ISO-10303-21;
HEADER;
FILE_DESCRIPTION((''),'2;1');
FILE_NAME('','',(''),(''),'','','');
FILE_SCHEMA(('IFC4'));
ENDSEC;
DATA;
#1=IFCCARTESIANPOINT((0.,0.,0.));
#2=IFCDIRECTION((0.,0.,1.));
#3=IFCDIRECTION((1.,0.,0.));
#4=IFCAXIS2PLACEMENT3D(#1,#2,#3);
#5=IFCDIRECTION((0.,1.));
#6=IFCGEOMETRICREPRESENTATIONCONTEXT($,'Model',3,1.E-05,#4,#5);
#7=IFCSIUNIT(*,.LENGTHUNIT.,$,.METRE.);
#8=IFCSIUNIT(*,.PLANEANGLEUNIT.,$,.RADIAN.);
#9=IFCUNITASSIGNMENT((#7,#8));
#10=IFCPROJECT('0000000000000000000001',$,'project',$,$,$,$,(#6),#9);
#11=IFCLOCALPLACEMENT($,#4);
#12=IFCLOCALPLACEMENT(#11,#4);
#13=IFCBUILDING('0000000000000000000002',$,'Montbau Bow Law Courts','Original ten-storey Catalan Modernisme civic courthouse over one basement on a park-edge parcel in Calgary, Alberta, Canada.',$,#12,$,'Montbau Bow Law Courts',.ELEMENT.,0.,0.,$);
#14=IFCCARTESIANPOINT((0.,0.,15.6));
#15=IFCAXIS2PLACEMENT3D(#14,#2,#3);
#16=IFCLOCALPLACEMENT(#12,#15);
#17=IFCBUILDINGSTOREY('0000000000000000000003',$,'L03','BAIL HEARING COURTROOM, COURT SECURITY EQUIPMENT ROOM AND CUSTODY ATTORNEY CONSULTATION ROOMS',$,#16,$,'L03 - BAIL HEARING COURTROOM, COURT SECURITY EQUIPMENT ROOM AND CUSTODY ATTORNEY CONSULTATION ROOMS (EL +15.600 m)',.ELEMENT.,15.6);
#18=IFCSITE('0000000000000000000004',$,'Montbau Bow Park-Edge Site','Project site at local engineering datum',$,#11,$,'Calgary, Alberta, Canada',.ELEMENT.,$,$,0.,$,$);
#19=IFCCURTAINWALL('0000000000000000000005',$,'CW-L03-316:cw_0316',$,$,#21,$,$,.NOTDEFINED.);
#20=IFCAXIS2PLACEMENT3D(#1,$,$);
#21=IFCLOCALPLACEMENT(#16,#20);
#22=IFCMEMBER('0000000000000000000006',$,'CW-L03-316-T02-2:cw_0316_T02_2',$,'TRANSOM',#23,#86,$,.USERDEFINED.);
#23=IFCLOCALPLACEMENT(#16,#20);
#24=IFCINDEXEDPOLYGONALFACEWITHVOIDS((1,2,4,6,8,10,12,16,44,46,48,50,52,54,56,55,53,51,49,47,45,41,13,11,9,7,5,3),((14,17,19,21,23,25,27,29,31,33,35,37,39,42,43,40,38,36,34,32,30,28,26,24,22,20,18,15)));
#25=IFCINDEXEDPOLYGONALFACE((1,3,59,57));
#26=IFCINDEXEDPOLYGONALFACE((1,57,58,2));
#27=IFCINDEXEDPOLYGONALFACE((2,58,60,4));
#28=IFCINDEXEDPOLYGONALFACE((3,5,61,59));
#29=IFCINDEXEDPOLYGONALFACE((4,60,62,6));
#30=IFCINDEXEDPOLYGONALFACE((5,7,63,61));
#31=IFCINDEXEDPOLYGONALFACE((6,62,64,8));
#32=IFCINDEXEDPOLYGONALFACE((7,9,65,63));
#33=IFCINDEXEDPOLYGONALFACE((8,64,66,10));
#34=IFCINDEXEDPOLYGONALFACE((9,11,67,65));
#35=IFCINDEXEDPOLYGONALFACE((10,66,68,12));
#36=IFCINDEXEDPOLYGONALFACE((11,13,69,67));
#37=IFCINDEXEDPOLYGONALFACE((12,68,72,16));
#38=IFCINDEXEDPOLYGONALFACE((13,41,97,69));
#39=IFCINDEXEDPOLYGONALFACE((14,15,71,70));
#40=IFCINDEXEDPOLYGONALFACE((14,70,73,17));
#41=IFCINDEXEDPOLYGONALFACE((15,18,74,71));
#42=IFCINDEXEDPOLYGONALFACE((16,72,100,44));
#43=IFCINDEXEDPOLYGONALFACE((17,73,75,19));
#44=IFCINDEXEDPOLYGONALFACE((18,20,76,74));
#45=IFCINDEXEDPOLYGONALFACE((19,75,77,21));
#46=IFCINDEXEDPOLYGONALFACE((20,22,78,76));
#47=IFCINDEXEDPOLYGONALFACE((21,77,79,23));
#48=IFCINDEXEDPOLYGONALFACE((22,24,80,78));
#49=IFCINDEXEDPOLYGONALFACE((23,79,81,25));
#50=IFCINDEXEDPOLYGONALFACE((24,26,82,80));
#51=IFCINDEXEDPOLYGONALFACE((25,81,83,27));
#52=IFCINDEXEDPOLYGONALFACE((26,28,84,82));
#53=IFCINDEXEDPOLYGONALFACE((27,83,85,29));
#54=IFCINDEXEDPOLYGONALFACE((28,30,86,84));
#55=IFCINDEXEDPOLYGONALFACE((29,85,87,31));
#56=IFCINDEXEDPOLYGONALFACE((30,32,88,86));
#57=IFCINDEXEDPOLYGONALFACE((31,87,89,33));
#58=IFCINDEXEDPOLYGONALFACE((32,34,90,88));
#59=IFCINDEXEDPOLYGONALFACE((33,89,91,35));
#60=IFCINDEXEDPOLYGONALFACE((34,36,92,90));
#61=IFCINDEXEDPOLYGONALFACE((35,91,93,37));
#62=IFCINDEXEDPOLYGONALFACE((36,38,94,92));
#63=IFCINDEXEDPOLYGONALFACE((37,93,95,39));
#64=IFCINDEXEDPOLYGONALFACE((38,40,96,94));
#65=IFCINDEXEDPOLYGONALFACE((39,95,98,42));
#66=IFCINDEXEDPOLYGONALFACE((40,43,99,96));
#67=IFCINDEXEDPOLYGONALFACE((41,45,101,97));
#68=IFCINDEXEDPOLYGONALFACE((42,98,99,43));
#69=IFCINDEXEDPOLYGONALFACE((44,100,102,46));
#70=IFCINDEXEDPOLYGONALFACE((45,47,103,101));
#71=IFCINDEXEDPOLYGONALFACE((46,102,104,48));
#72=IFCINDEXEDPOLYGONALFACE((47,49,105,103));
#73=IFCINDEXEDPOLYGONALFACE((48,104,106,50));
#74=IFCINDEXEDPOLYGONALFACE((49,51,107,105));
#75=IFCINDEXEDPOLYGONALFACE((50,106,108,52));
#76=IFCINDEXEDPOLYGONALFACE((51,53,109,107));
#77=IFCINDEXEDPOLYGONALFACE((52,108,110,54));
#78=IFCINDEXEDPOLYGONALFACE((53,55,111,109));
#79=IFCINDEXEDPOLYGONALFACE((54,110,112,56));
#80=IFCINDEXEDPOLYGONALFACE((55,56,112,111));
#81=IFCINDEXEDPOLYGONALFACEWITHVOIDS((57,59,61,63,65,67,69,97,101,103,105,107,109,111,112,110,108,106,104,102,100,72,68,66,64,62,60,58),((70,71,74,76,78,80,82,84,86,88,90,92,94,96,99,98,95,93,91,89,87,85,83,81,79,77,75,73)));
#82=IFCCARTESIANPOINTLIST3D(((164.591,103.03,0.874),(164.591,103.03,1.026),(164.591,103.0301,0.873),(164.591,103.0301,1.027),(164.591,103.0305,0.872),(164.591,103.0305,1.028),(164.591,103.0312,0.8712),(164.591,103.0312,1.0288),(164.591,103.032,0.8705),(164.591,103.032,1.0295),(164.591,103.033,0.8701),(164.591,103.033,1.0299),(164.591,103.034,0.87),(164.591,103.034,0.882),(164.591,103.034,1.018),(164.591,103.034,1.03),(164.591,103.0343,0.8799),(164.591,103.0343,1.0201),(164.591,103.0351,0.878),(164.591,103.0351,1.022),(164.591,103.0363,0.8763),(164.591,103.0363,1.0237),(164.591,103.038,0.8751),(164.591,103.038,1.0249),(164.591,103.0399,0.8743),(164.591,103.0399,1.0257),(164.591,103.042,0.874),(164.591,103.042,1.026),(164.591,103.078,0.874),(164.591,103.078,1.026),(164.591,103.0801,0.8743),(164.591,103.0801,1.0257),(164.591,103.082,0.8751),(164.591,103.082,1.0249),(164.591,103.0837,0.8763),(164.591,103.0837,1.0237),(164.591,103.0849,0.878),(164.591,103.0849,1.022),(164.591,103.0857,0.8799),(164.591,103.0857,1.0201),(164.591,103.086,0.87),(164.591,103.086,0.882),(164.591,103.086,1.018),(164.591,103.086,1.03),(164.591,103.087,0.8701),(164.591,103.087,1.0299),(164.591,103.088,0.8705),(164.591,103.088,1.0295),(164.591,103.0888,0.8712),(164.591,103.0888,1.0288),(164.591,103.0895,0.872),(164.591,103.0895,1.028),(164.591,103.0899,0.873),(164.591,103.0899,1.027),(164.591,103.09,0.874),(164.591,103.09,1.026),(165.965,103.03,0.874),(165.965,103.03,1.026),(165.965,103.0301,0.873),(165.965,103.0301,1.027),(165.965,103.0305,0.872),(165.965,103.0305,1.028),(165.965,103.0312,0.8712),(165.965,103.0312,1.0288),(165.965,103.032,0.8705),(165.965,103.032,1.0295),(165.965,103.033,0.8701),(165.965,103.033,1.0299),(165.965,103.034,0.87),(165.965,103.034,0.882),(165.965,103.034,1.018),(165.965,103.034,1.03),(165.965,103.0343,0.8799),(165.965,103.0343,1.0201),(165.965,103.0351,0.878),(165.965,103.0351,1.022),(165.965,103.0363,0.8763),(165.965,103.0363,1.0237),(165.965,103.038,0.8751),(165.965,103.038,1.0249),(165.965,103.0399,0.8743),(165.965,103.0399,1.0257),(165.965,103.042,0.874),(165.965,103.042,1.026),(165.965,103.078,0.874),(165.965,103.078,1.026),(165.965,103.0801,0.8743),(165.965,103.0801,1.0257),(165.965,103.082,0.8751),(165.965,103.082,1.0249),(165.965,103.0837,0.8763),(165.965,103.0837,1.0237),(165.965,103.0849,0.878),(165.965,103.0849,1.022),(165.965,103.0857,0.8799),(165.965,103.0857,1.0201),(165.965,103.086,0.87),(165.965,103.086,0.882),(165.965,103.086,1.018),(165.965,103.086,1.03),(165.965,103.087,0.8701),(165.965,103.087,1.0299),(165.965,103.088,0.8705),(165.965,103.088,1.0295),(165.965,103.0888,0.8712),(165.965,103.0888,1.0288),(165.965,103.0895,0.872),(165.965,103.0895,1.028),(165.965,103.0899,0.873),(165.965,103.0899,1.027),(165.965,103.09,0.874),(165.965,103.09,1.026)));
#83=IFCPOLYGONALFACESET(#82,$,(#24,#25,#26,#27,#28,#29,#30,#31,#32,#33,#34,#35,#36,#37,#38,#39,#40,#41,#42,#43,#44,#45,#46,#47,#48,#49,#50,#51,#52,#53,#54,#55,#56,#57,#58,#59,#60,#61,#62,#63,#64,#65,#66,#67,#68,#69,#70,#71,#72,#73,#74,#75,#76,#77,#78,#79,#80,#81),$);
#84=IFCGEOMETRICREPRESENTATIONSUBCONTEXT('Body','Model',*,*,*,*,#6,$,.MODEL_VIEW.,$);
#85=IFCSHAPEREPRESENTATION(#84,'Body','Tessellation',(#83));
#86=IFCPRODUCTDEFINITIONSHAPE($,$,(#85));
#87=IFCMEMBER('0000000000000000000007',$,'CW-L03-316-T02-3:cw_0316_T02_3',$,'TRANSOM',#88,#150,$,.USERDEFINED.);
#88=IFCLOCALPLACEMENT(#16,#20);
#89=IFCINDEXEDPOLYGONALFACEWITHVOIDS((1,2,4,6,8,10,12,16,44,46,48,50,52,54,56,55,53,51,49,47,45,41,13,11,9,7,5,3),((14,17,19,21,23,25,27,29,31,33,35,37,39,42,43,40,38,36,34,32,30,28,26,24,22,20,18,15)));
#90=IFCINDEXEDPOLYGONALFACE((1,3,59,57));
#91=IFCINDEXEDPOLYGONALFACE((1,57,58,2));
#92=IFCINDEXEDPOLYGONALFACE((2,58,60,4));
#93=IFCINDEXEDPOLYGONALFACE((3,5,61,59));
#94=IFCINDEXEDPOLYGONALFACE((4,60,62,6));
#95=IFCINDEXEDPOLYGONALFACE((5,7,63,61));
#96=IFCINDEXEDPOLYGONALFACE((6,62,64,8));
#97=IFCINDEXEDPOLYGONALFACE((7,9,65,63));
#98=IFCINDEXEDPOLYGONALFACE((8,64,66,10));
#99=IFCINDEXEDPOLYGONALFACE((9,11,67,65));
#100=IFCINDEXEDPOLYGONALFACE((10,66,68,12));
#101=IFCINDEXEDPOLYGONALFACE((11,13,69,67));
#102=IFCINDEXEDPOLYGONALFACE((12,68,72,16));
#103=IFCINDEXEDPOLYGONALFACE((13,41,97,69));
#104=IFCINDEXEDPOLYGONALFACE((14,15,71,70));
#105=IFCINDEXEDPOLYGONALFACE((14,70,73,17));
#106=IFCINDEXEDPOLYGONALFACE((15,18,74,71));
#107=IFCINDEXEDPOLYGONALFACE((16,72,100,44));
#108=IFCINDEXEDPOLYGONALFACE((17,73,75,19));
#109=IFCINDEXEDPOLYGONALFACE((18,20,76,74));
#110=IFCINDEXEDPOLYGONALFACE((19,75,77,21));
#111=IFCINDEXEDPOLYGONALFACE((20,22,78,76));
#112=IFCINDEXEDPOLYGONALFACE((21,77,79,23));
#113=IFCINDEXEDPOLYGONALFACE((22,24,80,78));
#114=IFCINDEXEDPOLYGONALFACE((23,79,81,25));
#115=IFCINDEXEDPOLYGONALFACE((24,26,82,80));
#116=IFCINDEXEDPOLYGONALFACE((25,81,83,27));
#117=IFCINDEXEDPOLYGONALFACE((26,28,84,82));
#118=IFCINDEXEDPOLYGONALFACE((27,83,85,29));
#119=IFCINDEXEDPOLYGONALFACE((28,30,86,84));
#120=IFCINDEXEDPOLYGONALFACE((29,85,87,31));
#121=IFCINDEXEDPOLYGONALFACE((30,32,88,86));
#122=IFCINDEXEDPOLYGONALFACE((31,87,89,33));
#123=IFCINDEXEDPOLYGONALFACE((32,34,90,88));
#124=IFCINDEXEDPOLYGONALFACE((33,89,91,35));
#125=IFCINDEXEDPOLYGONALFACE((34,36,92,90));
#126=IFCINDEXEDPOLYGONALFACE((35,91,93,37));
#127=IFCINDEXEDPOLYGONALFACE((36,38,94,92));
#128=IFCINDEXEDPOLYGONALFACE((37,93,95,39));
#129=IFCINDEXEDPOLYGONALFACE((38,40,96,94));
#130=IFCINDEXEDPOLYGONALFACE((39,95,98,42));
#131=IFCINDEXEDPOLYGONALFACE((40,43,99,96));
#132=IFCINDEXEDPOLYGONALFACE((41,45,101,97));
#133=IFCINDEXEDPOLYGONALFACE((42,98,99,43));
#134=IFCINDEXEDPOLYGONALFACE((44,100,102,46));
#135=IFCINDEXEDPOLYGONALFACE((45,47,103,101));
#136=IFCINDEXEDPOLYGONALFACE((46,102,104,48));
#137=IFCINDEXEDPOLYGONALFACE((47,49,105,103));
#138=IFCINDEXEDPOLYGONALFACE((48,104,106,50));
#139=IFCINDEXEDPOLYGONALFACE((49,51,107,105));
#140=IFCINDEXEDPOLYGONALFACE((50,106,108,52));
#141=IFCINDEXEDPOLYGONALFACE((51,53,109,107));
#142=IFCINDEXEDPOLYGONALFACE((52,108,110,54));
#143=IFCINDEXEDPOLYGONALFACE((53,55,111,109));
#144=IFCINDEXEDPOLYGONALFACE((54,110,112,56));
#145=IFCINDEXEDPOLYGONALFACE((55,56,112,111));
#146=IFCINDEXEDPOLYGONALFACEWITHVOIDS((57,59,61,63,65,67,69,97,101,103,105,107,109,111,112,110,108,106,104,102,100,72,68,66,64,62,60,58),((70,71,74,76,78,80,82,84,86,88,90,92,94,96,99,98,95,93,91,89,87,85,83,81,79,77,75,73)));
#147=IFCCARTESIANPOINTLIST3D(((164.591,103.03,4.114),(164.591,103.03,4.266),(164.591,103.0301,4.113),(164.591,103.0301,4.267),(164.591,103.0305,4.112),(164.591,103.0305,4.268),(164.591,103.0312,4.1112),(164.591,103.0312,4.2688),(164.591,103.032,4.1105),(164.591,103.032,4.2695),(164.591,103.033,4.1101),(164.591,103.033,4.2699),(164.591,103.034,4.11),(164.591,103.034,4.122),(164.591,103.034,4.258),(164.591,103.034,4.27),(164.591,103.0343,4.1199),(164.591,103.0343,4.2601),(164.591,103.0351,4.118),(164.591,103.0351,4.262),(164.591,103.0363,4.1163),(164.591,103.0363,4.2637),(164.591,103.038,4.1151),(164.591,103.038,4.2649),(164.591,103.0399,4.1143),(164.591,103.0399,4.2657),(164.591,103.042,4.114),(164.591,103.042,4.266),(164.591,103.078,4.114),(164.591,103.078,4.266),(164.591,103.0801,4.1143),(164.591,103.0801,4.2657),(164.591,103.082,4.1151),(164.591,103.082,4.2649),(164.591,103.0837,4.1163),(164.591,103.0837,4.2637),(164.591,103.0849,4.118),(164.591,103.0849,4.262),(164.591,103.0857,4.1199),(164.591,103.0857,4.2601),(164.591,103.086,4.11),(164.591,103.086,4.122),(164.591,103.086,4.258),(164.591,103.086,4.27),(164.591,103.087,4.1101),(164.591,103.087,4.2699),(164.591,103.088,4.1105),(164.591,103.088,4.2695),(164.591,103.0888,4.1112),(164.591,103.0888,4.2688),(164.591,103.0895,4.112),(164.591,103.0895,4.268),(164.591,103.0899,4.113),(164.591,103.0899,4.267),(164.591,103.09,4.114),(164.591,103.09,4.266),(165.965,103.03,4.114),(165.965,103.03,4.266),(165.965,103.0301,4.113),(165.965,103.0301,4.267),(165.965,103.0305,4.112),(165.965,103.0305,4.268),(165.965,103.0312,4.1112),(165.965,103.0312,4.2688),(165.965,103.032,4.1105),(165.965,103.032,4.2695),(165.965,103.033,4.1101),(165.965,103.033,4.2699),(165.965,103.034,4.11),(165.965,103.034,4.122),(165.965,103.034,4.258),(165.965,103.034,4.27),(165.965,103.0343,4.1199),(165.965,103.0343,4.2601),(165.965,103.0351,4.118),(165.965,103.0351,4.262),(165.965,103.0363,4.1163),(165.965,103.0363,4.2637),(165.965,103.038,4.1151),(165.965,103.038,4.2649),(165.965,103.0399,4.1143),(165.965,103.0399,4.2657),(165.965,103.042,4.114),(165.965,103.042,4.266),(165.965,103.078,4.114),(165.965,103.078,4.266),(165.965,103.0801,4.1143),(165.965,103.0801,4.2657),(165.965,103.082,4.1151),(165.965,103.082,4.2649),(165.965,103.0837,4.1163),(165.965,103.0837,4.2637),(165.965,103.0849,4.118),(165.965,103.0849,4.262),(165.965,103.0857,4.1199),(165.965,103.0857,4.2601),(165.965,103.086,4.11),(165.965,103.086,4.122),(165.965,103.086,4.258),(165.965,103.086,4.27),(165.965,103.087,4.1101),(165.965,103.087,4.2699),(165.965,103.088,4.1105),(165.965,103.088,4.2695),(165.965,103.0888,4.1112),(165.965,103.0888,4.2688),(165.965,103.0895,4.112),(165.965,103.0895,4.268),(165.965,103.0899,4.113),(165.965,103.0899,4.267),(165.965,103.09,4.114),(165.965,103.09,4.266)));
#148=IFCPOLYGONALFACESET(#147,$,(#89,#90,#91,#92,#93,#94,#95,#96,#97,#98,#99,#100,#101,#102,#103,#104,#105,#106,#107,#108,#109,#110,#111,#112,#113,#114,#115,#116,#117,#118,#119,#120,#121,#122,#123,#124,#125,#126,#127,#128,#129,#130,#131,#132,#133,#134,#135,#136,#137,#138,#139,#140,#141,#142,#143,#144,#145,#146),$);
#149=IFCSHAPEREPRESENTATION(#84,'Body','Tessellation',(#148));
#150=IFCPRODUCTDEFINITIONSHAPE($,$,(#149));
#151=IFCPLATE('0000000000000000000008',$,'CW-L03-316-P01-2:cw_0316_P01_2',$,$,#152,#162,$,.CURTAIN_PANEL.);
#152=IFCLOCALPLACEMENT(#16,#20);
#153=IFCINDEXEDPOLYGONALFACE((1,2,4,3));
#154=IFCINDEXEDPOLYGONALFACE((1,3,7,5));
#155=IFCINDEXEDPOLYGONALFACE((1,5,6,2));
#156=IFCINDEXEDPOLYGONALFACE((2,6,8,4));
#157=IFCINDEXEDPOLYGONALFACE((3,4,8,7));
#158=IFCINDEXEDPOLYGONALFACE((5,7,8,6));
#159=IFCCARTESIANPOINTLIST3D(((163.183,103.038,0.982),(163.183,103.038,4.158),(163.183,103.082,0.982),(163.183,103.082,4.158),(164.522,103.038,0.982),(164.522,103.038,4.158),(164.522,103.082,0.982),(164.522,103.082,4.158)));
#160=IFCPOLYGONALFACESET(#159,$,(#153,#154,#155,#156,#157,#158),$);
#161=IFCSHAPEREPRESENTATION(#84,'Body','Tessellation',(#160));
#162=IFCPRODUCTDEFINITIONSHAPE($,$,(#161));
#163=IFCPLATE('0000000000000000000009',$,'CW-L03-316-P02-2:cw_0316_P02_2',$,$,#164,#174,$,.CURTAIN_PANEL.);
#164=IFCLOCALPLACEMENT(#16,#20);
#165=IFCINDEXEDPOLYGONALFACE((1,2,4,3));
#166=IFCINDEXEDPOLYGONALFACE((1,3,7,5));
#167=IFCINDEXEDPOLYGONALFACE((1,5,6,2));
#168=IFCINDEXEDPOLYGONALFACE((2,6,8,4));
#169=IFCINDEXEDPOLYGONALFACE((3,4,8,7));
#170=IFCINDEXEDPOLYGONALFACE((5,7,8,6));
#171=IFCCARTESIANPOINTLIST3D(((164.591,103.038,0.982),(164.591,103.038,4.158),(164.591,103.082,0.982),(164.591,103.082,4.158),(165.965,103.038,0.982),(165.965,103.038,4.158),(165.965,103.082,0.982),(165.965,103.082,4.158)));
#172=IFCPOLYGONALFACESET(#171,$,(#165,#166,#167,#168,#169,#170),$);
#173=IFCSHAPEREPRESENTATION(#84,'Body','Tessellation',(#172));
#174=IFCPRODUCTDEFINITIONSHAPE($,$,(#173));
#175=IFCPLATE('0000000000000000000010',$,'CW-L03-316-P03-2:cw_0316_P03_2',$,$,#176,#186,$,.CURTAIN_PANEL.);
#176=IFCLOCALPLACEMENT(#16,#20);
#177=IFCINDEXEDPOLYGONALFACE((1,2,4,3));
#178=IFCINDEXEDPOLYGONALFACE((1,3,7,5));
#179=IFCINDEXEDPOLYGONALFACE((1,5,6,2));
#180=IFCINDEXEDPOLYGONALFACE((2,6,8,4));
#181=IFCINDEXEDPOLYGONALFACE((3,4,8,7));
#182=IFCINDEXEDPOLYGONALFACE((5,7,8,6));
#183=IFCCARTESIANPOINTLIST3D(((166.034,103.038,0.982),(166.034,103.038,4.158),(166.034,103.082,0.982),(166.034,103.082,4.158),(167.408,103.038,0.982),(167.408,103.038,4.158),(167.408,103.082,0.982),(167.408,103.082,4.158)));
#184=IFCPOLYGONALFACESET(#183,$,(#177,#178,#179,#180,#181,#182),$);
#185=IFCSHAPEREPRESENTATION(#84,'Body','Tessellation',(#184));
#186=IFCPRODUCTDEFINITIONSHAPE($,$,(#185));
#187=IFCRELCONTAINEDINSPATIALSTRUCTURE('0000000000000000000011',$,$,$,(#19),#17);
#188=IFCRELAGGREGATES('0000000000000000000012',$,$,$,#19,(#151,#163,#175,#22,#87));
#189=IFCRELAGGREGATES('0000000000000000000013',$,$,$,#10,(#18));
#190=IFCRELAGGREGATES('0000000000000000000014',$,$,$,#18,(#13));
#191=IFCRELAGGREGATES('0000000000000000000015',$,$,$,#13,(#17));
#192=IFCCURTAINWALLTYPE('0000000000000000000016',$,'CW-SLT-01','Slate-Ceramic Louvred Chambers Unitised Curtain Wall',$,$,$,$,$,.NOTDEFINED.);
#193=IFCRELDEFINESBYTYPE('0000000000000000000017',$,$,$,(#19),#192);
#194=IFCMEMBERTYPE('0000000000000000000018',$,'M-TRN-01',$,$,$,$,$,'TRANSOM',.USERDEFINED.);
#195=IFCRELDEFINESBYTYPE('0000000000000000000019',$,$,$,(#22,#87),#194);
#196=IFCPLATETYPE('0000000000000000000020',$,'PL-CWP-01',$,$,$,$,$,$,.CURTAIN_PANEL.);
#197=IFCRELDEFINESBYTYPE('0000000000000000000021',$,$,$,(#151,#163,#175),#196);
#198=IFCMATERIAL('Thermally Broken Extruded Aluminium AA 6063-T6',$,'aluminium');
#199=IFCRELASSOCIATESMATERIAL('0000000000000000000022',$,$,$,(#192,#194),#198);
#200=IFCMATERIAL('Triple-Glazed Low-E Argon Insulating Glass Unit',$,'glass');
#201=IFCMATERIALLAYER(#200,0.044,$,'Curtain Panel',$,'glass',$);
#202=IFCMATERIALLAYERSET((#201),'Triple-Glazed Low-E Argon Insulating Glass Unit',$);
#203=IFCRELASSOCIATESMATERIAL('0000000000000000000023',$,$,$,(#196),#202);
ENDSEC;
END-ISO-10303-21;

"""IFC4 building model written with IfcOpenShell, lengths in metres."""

from ifc_helpers import new_model, si_unit, direction, frame, frame_2d, origin_with_axes, origin_2d_with_axis, place, context, subcontext, project, spatial, rectangle, hollow_rectangle, extrude, material, layer, layer_set, material_profile, profile_set, type_object, element, aggregate, save


model = new_model("IFC4")

# Units and contexts
model_context = context("Model", 3, precision=1e-05, world=origin_with_axes(), true_north=direction((0.0, 1.0)))
body_context = subcontext(model_context, "Body", "Model", "MODEL_VIEW")
ifc_project = project(units=[si_unit("LENGTHUNIT", "METRE"), si_unit("PLANEANGLEUNIT", "RADIAN")], contexts=[model_context])

# Site, building, storey
site_placement = place(None, origin_with_axes())
site = spatial("IfcSite", under=ifc_project, at=site_placement, Name="Montbau Bow Park-Edge Site", Description="Project site at local engineering datum", LongName="Calgary, Alberta, Canada", CompositionType="ELEMENT", RefElevation=0.0)
building_placement = place(site_placement, origin_with_axes())
building = spatial("IfcBuilding", under=site, at=building_placement, Name="Montbau Bow Law Courts", Description="Original ten-storey Catalan Modernisme civic courthouse over one basement on a park-edge parcel in Calgary, Alberta, Canada.", LongName="Montbau Bow Law Courts", CompositionType="ELEMENT", ElevationOfRefHeight=0.0, ElevationOfTerrain=0.0)
storey_placement = place(building_placement, frame((0.0, 0.0, 15.6), z_axis=(0.0, 0.0, 1.0), x_axis=(1.0, 0.0, 0.0)))
storey = spatial("IfcBuildingStorey", under=building, at=storey_placement, Name="L03", Description="BAIL HEARING COURTROOM, COURT SECURITY EQUIPMENT ROOM AND CUSTODY ATTORNEY CONSULTATION ROOMS", LongName="L03 - BAIL HEARING COURTROOM, COURT SECURITY EQUIPMENT ROOM AND CUSTODY ATTORNEY CONSULTATION ROOMS (EL +15.600 m)", CompositionType="ELEMENT", Elevation=15.6)

# Curtain wall, members, plates
ifc_material_1 = material(Name="Thermally Broken Extruded Aluminium AA 6063-T6", Category="aluminium")
curtain_wall_type = type_object("IfcCurtainWallType", Name="CW-SLT-01", Description="Slate-Ceramic Louvred Chambers Unitised Curtain Wall", PredefinedType="NOTDEFINED", material=ifc_material_1)
curtain_wall_placement = place(None, frame((163.115, 103.06, 15.6), z_axis=(0.0, 0.0, 1.0), x_axis=(1.0, 0.0, 0.0)))
curtain_wall = element("IfcCurtainWall", 1, at=curtain_wall_placement, inside=storey, type_object=curtain_wall_type, Name="CW-L03-316:cw_0316", PredefinedType="NOTDEFINED")
ifc_material_profile_1 = material_profile(ifc_material_1, hollow_rectangle(XDim=0.06, YDim=0.16, WallThickness=0.004, InnerFilletRadius=0.008, OuterFilletRadius=0.004, at=origin_2d_with_axis()), Name="CWT-160X60", Category="Main", Priority=0)
ifc_profile_set_1 = profile_set([ifc_material_profile_1], Name="Thermally Broken Extruded Aluminium AA 6063-T6")
member_type_1 = type_object("IfcMemberType", Name="M-TRN-01", ElementType="TRANSOM", PredefinedType="USERDEFINED", material=ifc_profile_set_1)
member_1_placement = place(None, frame((164.591, 103.06, 16.55), z_axis=(1.0, 0.0, 0.0), x_axis=(0.0, 1.0, 0.0)))
member_1 = element("IfcMember", 2, at=member_1_placement, type_object=member_type_1, Name="CW-L03-316-T02-2:cw_0316_T02_2", ObjectType="TRANSOM", PredefinedType="USERDEFINED", context=body_context, shape_type="SweptSolid", body=[
    extrude(hollow_rectangle(XDim=0.06, YDim=0.16, WallThickness=0.004, InnerFilletRadius=0.008, OuterFilletRadius=0.004, at=origin_2d_with_axis()), origin_with_axes(), (0.0, 0.0, 1.0), 1.374),
])
member_2_placement = place(None, frame((164.591, 103.06, 19.79), z_axis=(1.0, 0.0, 0.0), x_axis=(0.0, 1.0, 0.0)))
member_2 = element("IfcMember", 3, at=member_2_placement, type_object=member_type_1, Name="CW-L03-316-T02-3:cw_0316_T02_3", ObjectType="TRANSOM", PredefinedType="USERDEFINED", context=body_context, shape_type="SweptSolid", body=[
    extrude(hollow_rectangle(XDim=0.06, YDim=0.16, WallThickness=0.004, InnerFilletRadius=0.008, OuterFilletRadius=0.004, at=origin_2d_with_axis()), origin_with_axes(), (0.0, 0.0, 1.0), 1.374),
])
ifc_material_2 = material(Name="Triple-Glazed Low-E Argon Insulating Glass Unit", Category="glass")
ifc_layer_1 = layer(ifc_material_2, 0.044, Name="Curtain Panel", Category="glass")
ifc_layer_set_1 = layer_set([ifc_layer_1], Name="Triple-Glazed Low-E Argon Insulating Glass Unit")
plate_type_1 = type_object("IfcPlateType", Name="PL-CWP-01", PredefinedType="CURTAIN_PANEL", material=ifc_layer_set_1)
plate_1_placement = place(None, frame((163.183, 103.06, 16.582), z_axis=(0.0, -1.0, 0.0), x_axis=(1.0, 0.0, 0.0)))
plate_1 = element("IfcPlate", 4, at=plate_1_placement, type_object=plate_type_1, Name="CW-L03-316-P01-2:cw_0316_P01_2", PredefinedType="CURTAIN_PANEL", context=body_context, shape_type="SweptSolid", body=[
    extrude(rectangle(XDim=1.339, YDim=3.176, at=frame_2d((0.6695, 1.588), x_axis=(1.0, 0.0))), frame((0.0, 0.0, -0.022), z_axis=(0.0, 0.0, 1.0), x_axis=(1.0, 0.0, 0.0)), (0.0, 0.0, 1.0), 0.044),
])
plate_2_placement = place(None, frame((164.591, 103.06, 16.582), z_axis=(0.0, -1.0, 0.0), x_axis=(1.0, 0.0, 0.0)))
plate_2 = element("IfcPlate", 5, at=plate_2_placement, type_object=plate_type_1, Name="CW-L03-316-P02-2:cw_0316_P02_2", PredefinedType="CURTAIN_PANEL", context=body_context, shape_type="SweptSolid", body=[
    extrude(rectangle(XDim=1.374, YDim=3.176, at=frame_2d((0.687, 1.588), x_axis=(1.0, 0.0))), frame((0.0, 0.0, -0.022), z_axis=(0.0, 0.0, 1.0), x_axis=(1.0, 0.0, 0.0)), (0.0, 0.0, 1.0), 0.044),
])
plate_3_placement = place(None, frame((166.034, 103.06, 16.582), z_axis=(0.0, -1.0, 0.0), x_axis=(1.0, 0.0, 0.0)))
plate_3 = element("IfcPlate", 6, at=plate_3_placement, type_object=plate_type_1, Name="CW-L03-316-P03-2:cw_0316_P03_2", PredefinedType="CURTAIN_PANEL", context=body_context, shape_type="SweptSolid", body=[
    extrude(rectangle(XDim=1.374, YDim=3.176, at=frame_2d((0.687, 1.588), x_axis=(1.0, 0.0))), frame((0.0, 0.0, -0.022), z_axis=(0.0, 0.0, 1.0), x_axis=(1.0, 0.0, 0.0)), (0.0, 0.0, 1.0), 0.044),
])
aggregate(curtain_wall, [plate_1, plate_2, plate_3, member_1, member_2])

save(model, "model.ifc")
